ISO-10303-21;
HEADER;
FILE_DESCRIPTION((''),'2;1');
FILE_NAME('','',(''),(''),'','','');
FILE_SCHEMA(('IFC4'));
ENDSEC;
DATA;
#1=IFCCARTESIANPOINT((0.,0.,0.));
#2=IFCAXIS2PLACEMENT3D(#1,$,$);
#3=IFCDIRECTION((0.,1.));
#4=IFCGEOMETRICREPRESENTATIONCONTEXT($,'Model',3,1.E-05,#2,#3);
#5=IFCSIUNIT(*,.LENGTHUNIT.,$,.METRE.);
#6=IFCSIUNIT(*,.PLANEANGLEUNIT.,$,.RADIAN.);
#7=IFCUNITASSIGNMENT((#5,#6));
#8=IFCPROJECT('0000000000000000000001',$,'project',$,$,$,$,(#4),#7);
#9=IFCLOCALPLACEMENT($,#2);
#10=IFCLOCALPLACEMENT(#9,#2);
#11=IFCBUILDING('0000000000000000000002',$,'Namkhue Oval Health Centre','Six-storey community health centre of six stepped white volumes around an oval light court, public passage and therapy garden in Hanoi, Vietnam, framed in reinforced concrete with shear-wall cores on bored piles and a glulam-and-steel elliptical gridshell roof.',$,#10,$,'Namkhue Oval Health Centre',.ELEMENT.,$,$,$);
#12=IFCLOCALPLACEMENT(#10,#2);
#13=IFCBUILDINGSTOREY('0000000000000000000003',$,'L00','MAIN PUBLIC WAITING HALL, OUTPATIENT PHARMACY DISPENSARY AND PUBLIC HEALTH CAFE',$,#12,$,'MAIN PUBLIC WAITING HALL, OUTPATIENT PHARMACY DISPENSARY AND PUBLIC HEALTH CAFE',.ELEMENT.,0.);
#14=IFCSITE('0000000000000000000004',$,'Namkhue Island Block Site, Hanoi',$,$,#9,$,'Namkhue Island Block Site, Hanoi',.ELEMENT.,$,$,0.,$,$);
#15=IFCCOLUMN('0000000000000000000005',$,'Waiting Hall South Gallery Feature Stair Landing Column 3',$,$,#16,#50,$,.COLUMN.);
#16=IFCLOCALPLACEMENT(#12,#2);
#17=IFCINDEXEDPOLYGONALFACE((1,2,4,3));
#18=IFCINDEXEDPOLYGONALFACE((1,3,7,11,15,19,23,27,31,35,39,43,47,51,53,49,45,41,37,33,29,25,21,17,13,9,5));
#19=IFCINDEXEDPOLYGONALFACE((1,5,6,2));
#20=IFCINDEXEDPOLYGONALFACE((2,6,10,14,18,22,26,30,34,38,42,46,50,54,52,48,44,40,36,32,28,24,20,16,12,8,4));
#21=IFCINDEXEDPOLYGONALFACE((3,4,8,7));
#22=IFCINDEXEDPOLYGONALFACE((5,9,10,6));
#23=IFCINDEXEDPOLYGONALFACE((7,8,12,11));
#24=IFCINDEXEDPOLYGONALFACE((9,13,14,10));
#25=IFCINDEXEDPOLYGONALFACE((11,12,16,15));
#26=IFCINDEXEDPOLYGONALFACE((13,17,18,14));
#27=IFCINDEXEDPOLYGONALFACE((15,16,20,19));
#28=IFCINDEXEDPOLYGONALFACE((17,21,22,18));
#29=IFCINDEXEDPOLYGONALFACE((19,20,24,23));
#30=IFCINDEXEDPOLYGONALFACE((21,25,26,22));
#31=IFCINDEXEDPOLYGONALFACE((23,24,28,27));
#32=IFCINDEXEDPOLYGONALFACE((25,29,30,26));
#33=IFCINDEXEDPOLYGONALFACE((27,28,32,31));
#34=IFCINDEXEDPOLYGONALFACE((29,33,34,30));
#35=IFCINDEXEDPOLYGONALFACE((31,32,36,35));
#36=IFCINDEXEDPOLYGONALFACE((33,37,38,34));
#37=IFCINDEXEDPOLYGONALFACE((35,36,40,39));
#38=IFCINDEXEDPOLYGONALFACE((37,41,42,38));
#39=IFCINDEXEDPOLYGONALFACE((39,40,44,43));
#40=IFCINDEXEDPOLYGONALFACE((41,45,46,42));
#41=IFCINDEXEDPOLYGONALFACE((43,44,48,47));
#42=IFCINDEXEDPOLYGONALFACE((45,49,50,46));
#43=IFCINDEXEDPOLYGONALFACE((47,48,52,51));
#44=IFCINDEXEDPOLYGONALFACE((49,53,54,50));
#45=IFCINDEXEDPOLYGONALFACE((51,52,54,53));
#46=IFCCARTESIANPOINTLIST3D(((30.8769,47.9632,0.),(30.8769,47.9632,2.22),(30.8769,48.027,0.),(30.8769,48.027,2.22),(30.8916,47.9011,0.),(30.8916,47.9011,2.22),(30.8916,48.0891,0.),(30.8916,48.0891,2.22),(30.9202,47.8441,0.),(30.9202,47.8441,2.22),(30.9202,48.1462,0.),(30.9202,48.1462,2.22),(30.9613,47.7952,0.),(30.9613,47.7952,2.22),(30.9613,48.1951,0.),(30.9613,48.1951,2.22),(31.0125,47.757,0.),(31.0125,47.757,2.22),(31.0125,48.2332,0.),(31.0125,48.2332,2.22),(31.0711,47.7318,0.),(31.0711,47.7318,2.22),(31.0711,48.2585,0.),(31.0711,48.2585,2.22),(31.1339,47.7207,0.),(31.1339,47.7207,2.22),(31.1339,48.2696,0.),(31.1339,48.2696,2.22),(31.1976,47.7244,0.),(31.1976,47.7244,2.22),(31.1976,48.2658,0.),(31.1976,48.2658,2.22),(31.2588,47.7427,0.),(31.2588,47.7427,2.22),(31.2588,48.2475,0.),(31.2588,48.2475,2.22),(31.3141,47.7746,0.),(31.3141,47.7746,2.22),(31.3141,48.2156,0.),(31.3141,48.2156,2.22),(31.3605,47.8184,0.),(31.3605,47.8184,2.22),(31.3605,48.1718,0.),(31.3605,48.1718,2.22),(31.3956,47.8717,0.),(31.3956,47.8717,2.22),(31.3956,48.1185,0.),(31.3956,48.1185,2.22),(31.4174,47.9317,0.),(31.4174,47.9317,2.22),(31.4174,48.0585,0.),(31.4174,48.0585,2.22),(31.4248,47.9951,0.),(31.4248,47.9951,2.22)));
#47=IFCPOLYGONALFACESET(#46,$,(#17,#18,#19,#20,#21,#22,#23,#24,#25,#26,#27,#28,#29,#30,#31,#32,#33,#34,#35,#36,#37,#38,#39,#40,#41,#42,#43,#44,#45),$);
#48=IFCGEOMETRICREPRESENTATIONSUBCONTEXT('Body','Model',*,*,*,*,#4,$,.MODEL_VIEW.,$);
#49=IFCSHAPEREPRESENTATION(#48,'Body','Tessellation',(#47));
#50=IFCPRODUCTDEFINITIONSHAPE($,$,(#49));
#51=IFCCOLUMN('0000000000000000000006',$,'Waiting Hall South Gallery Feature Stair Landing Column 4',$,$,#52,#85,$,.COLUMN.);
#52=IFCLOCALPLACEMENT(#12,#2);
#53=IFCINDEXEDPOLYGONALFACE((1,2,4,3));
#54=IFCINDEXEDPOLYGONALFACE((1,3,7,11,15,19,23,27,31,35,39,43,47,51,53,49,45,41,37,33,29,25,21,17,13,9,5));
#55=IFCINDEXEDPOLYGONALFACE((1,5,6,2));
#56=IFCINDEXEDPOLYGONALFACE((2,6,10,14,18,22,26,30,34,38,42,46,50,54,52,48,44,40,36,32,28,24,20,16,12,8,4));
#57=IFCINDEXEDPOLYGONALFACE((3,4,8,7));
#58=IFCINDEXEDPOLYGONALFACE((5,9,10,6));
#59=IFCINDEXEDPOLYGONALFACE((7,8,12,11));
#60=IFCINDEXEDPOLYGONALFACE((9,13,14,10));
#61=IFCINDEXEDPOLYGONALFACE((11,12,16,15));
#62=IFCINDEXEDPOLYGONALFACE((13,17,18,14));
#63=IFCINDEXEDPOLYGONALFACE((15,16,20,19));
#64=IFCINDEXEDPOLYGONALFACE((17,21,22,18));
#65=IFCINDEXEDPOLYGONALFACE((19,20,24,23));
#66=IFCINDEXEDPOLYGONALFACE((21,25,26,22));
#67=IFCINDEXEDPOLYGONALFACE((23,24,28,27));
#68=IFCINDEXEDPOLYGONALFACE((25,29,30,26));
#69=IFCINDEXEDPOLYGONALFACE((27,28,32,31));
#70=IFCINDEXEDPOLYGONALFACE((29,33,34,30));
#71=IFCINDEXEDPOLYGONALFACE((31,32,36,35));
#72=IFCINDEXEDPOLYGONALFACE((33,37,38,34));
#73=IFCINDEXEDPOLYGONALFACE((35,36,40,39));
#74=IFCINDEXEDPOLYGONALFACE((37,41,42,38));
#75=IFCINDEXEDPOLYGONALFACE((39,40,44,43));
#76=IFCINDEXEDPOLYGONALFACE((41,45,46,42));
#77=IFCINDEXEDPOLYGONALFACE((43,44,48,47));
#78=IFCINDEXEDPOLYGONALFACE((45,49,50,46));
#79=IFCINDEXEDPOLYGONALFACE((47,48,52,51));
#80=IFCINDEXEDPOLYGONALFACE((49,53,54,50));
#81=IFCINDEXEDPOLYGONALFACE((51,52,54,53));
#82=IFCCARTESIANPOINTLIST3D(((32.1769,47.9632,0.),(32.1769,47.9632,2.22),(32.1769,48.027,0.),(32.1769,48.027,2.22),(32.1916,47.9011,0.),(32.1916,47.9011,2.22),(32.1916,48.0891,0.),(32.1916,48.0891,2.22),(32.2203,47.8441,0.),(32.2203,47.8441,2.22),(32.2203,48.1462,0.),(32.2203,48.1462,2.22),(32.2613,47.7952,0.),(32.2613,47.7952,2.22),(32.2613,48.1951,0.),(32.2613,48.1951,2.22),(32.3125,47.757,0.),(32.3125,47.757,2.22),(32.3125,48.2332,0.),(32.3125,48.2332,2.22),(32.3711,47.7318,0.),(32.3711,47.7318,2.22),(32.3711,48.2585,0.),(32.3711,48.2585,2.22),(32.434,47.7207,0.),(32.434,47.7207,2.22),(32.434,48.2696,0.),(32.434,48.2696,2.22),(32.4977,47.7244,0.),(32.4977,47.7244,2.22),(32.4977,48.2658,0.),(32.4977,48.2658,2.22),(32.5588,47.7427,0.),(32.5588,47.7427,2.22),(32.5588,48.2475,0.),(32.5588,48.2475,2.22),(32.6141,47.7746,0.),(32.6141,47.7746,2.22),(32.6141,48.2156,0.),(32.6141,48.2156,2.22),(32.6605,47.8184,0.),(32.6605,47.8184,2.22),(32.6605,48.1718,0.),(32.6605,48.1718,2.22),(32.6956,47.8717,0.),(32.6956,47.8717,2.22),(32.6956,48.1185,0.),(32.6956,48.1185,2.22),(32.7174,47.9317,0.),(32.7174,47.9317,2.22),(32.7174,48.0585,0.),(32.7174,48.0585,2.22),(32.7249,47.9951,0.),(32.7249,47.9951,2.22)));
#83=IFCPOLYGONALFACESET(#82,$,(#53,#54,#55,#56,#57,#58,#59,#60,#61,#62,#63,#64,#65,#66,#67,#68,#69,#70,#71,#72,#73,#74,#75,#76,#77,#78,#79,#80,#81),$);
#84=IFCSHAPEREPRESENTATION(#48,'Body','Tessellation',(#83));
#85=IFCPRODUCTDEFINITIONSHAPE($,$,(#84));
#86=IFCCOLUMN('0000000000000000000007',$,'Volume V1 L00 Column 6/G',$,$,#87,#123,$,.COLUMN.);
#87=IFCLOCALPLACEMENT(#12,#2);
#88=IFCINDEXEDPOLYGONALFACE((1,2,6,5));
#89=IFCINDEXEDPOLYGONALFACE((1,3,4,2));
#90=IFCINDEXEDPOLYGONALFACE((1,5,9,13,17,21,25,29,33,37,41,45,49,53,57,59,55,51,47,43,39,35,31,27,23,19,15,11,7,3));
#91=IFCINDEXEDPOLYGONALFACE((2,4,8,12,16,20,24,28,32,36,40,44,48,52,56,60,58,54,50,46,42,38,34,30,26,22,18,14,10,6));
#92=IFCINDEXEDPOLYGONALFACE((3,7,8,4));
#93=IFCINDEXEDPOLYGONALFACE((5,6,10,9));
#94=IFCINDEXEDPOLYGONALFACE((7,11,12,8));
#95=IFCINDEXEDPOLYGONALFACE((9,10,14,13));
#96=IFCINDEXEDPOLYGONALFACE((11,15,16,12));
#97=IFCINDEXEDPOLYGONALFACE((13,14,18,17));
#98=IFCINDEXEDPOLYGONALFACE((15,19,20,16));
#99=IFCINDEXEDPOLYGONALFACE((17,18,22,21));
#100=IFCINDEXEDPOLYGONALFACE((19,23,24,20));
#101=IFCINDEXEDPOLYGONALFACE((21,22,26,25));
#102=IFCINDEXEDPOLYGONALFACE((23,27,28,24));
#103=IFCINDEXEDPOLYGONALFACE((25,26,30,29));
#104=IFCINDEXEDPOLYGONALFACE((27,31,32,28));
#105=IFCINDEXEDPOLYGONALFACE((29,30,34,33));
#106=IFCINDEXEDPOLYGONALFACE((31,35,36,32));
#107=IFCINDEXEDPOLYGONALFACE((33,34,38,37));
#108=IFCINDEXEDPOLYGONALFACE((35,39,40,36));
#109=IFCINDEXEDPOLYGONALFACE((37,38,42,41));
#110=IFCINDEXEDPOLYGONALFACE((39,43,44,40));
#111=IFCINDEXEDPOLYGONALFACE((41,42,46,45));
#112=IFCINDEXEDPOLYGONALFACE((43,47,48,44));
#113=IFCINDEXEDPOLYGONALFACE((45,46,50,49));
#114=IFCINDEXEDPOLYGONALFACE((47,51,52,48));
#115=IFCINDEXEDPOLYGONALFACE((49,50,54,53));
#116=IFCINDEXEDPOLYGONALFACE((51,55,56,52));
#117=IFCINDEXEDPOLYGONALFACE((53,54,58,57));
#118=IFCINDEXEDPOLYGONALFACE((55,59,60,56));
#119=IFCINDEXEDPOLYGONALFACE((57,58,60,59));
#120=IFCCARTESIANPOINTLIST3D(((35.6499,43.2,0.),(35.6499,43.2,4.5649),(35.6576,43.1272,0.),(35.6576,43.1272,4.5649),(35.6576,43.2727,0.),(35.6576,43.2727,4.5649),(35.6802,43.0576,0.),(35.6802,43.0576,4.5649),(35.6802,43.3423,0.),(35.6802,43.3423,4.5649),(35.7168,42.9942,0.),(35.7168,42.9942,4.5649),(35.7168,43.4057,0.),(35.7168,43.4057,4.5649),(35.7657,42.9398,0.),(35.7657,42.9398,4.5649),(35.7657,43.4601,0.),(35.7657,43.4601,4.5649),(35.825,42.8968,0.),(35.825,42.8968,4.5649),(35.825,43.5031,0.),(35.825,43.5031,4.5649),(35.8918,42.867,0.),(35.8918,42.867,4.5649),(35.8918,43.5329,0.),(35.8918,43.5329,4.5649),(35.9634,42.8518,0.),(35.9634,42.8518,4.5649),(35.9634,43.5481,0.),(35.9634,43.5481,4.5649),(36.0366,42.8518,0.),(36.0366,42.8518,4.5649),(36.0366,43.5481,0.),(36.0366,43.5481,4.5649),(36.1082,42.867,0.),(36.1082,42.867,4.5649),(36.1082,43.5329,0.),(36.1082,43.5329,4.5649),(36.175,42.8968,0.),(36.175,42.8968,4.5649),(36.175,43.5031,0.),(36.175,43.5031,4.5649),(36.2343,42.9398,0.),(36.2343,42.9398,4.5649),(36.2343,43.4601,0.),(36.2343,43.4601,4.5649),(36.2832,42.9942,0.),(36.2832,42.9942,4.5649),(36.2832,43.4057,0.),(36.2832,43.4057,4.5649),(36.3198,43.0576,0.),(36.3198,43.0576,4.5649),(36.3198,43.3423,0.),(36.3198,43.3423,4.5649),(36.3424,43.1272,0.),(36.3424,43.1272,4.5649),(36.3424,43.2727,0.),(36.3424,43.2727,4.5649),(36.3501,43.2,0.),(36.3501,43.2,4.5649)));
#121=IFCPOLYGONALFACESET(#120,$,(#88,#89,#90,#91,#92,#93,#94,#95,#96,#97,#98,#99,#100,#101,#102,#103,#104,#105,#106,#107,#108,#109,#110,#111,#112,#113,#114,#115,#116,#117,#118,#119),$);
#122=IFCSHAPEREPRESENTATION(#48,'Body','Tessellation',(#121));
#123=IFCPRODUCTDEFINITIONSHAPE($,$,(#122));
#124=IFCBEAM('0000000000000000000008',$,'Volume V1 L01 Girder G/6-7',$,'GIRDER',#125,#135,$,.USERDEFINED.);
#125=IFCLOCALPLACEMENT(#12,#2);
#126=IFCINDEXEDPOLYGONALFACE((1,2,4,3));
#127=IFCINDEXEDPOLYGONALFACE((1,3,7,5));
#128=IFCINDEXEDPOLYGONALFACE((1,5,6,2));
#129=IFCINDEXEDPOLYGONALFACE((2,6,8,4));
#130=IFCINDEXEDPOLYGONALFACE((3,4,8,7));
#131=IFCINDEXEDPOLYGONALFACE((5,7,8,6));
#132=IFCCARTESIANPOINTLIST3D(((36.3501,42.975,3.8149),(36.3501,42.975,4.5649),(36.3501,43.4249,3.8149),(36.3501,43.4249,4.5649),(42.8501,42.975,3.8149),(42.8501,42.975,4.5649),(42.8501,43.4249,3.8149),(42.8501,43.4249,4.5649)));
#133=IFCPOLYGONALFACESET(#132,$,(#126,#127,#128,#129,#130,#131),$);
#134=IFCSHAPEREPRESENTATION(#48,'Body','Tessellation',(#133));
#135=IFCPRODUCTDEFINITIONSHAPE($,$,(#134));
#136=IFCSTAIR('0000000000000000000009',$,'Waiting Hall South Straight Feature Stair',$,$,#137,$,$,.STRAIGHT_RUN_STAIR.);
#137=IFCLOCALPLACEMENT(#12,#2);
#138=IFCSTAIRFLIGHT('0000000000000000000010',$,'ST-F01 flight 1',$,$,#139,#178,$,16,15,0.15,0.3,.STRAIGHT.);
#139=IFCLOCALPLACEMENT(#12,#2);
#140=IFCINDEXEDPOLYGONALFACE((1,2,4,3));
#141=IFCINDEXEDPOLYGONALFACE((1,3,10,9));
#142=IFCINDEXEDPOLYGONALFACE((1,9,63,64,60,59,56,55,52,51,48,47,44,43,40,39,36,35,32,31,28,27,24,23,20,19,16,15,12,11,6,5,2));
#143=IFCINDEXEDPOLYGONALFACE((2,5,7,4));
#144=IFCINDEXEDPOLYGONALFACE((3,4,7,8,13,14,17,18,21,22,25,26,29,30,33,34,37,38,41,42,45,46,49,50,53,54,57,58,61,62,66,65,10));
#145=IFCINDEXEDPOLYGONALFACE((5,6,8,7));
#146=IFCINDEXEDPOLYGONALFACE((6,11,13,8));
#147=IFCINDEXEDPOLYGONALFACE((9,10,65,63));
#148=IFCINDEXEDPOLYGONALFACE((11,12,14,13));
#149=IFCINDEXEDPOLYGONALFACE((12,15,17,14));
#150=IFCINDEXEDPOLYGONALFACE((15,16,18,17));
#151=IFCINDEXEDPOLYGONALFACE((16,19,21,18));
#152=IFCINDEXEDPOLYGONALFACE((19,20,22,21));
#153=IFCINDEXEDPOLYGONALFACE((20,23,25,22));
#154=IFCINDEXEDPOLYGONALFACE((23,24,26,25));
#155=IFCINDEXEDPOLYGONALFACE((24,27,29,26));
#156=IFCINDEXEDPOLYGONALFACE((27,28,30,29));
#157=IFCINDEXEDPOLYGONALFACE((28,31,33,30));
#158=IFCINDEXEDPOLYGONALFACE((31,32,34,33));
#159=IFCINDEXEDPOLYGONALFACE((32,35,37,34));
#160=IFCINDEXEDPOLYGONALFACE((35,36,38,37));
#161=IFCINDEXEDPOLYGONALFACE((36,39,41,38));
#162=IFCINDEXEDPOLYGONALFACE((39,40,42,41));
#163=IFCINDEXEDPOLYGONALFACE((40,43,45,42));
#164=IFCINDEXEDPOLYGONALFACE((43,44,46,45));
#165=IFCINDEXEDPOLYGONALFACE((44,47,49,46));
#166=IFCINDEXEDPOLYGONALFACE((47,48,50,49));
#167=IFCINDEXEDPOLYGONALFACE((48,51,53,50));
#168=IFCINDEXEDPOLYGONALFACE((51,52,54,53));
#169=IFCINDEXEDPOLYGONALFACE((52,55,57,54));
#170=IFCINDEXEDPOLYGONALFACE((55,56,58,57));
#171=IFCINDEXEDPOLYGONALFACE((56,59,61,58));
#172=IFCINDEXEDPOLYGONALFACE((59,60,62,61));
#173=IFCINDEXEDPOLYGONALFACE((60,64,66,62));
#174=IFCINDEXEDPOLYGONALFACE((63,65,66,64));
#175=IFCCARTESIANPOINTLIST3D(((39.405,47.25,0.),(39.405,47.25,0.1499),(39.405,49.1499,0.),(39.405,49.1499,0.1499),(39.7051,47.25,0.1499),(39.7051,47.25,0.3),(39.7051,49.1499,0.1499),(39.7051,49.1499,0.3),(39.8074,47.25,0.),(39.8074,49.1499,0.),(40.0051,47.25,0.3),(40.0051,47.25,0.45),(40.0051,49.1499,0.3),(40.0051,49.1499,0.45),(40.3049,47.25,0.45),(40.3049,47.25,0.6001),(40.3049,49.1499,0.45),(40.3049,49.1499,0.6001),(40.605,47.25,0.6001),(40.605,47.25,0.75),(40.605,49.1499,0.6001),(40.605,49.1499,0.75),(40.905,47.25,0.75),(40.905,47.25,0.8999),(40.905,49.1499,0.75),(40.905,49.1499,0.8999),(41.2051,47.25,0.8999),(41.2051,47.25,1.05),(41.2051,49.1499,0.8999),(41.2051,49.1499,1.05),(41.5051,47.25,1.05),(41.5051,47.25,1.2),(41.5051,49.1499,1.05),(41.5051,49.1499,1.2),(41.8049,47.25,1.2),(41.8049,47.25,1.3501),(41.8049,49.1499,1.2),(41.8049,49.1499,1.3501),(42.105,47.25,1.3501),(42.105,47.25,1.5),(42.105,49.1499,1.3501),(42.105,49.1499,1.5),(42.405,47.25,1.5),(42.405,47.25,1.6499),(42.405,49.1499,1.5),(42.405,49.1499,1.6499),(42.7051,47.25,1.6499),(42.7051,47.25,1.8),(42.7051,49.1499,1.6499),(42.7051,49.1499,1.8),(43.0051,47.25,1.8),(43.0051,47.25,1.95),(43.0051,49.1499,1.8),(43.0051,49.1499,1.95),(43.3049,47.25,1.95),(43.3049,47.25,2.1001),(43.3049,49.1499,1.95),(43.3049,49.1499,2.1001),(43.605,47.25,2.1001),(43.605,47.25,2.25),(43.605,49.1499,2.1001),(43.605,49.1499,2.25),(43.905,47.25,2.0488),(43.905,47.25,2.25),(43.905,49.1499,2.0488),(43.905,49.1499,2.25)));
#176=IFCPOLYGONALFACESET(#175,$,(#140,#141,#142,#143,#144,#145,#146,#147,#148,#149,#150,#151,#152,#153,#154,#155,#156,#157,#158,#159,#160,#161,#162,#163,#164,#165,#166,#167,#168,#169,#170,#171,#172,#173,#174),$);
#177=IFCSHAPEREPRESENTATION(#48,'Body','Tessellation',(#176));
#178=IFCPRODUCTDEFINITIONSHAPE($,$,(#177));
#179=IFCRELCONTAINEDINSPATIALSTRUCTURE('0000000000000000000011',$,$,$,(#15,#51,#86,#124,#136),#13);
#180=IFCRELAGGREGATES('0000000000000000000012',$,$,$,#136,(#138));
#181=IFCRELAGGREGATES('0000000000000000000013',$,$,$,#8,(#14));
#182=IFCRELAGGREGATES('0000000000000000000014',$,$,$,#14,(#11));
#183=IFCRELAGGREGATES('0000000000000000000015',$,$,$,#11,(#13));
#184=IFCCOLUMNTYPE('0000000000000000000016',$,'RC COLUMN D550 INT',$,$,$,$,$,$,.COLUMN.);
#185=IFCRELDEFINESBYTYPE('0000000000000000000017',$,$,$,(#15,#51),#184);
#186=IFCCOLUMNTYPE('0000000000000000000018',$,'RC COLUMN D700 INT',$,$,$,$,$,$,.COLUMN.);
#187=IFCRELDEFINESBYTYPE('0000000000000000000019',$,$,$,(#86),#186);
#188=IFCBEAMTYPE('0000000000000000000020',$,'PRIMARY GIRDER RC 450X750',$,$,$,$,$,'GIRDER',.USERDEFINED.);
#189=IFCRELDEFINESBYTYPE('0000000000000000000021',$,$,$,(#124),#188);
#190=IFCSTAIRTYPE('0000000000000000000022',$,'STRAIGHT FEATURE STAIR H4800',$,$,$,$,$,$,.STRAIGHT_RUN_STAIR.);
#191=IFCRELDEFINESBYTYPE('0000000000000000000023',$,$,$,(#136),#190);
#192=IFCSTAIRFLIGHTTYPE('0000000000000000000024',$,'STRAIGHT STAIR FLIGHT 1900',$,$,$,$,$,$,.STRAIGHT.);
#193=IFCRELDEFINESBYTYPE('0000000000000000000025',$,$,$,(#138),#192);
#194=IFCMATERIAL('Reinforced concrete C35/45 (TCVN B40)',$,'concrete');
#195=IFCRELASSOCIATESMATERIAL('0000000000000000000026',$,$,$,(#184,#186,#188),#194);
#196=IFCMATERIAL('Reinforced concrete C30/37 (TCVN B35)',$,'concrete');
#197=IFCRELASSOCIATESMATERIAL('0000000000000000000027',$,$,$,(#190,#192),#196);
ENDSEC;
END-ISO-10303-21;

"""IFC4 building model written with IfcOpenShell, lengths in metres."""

from ifc_helpers import new_model, si_unit, direction, frame, origin, origin_2d, place, context, subcontext, project, spatial, polyline, rectangle, circle, outline, extrude, material, material_profile, profile_set, type_object, element, aggregate, save


model = new_model("IFC4")

# Units and contexts
model_context = context("Model", 3, precision=1e-05, world=origin(), true_north=direction((0.0, 1.0)))
body_context = subcontext(model_context, "Body", "Model", "MODEL_VIEW")
ifc_project = project(units=[si_unit("LENGTHUNIT", "METRE"), si_unit("PLANEANGLEUNIT", "RADIAN")], contexts=[model_context])

# Site, building, storey
site_placement = place(None, origin())
site = spatial("IfcSite", under=ifc_project, at=site_placement, Name="Namkhue Island Block Site, Hanoi", LongName="Namkhue Island Block Site, Hanoi", CompositionType="ELEMENT", RefElevation=0.0)
building_placement = place(site_placement, origin())
building = spatial("IfcBuilding", under=site, at=building_placement, Name="Namkhue Oval Health Centre", Description="Six-storey community health centre of six stepped white volumes around an oval light court, public passage and therapy garden in Hanoi, Vietnam, framed in reinforced concrete with shear-wall cores on bored piles and a glulam-and-steel elliptical gridshell roof.", LongName="Namkhue Oval Health Centre", CompositionType="ELEMENT")
storey_placement = place(building_placement, origin())
storey = spatial("IfcBuildingStorey", under=building, at=storey_placement, Name="L00", Description="MAIN PUBLIC WAITING HALL, OUTPATIENT PHARMACY DISPENSARY AND PUBLIC HEALTH CAFE", LongName="MAIN PUBLIC WAITING HALL, OUTPATIENT PHARMACY DISPENSARY AND PUBLIC HEALTH CAFE", CompositionType="ELEMENT", Elevation=0.0)

# Shared definitions
ifc_material_1 = material(Name="Reinforced concrete C30/37 (TCVN B35)", Category="concrete")

# Columns
ifc_material_2 = material(Name="Reinforced concrete C35/45 (TCVN B40)", Category="concrete")
ifc_material_profile_1 = material_profile(ifc_material_2, circle(Radius=0.2749, at=origin_2d()), Name="RC D550")
ifc_profile_set_1 = profile_set([ifc_material_profile_1], Name="Reinforced concrete C35/45 (TCVN B40)")
column_type_1 = type_object("IfcColumnType", Name="RC COLUMN D550 INT", PredefinedType="COLUMN", material=ifc_profile_set_1)
for number, where, z_axis, x_axis, name in (
    (1, (31.1499, 47.9951, 0.0), (0.0, 0.0, 1.0), (1.0, 0.0, 0.0), "Waiting Hall South Gallery Feature Stair Landing Column 3"),
    (2, (32.45, 47.9951, 0.0), (0.0, 0.0, 1.0), (1.0, 0.0, 0.0), "Waiting Hall South Gallery Feature Stair Landing Column 4"),
):
    element("IfcColumn", number, at=place(storey_placement, frame(where, z_axis=z_axis, x_axis=x_axis)), inside=storey, type_object=column_type_1, Name=name, PredefinedType="COLUMN", context=body_context, shape_type="SweptSolid", body=[
        extrude(circle(Radius=0.2749, at=origin_2d()), origin(), (0.0, 0.0, 1.0), 2.22),
    ])
ifc_material_profile_2 = material_profile(ifc_material_2, circle(Radius=0.3501, at=origin_2d()), Name="RC D700")
ifc_profile_set_2 = profile_set([ifc_material_profile_2], Name="Reinforced concrete C35/45 (TCVN B40)")
column_type_2 = type_object("IfcColumnType", Name="RC COLUMN D700 INT", PredefinedType="COLUMN", material=ifc_profile_set_2)
column_placement = place(storey_placement, frame((36.0, 43.2, 0.0), z_axis=(0.0, 0.0, 1.0), x_axis=(1.0, 0.0, 0.0)))
element("IfcColumn", 3, at=column_placement, inside=storey, type_object=column_type_2, Name="Volume V1 L00 Column 6/G", PredefinedType="COLUMN", context=body_context, shape_type="SweptSolid", body=[
    extrude(circle(Radius=0.3501, at=origin_2d()), origin(), (0.0, 0.0, 1.0), 4.5649),
])

# Beam
ifc_material_profile_3 = material_profile(ifc_material_2, rectangle(XDim=0.45, YDim=0.75, at=origin_2d()), Name="RC 450x750")
ifc_profile_set_3 = profile_set([ifc_material_profile_3], Name="Reinforced concrete C35/45 (TCVN B40)")
beam_type = type_object("IfcBeamType", Name="PRIMARY GIRDER RC 450X750", ElementType="GIRDER", PredefinedType="USERDEFINED", material=ifc_profile_set_3)
beam_placement = place(storey_placement, frame((36.3501, 43.2, 4.1899), z_axis=(1.0, 0.0, 0.0), x_axis=(0.0, 1.0, 0.0)))
element("IfcBeam", 4, at=beam_placement, inside=storey, type_object=beam_type, Name="Volume V1 L01 Girder G/6-7", ObjectType="GIRDER", PredefinedType="USERDEFINED", context=body_context, shape_type="SweptSolid", body=[
    extrude(rectangle(XDim=0.45, YDim=0.75, at=origin_2d()), origin(), (0.0, 0.0, 1.0), 6.5),
])

# Stair, stair flight
stair_type = type_object("IfcStairType", Name="STRAIGHT FEATURE STAIR H4800", PredefinedType="STRAIGHT_RUN_STAIR", material=ifc_material_1)
stair_1_placement = place(storey_placement, origin())
stair_1 = element("IfcStair", 5, at=stair_1_placement, inside=storey, type_object=stair_type, Name="Waiting Hall South Straight Feature Stair", PredefinedType="STRAIGHT_RUN_STAIR")
stair_flight_type = type_object("IfcStairFlightType", Name="STRAIGHT STAIR FLIGHT 1900", PredefinedType="STRAIGHT", material=ifc_material_1)
stair_flight_1_placement = place(storey_placement, frame((39.405, 48.2, 0.0), z_axis=(0.0, 0.0, 1.0), x_axis=(1.0, 0.0, 0.0)))
stair_flight_1 = element("IfcStairFlight", 6, at=stair_flight_1_placement, type_object=stair_flight_type, Name="ST-F01 flight 1", NumberOfRisers=16, NumberOfTreads=15, PredefinedType="STRAIGHT", RiserHeight=0.15, TreadLength=0.3, context=body_context, shape_type="SweptSolid", body=[
    extrude(outline(polyline([(0.0, 0.0), (0.0, 0.1499), (0.3, 0.1499), (0.3, 0.3), (0.6001, 0.3), (0.6001, 0.45), (0.8999, 0.45), (0.8999, 0.6001), (1.2, 0.6001), (1.2, 0.75), (1.5, 0.75), (1.5, 0.8999), (1.8, 0.8999), (1.8, 1.05), (2.1001, 1.05), (2.1001, 1.2), (2.3999, 1.2), (2.3999, 1.3501), (2.7, 1.3501), (2.7, 1.5), (3.0, 1.5), (3.0, 1.6499), (3.3, 1.6499), (3.3, 1.8), (3.6001, 1.8), (3.6001, 1.95), (3.8999, 1.95), (3.8999, 2.1001), (4.2, 2.1001), (4.2, 2.25), (4.5, 2.25), (4.5, 2.3999), (4.5, 2.0488), (0.4023, 0.0), (0.0, 0.0)])), frame((0.0, 0.95, 0.0), z_axis=(0.0, -1.0, 0.0), x_axis=(1.0, 0.0, 0.0)), (0.0, 0.0, 1.0), 1.8999),
])
aggregate(stair_1, [stair_flight_1])

save(model, "model.ifc")
